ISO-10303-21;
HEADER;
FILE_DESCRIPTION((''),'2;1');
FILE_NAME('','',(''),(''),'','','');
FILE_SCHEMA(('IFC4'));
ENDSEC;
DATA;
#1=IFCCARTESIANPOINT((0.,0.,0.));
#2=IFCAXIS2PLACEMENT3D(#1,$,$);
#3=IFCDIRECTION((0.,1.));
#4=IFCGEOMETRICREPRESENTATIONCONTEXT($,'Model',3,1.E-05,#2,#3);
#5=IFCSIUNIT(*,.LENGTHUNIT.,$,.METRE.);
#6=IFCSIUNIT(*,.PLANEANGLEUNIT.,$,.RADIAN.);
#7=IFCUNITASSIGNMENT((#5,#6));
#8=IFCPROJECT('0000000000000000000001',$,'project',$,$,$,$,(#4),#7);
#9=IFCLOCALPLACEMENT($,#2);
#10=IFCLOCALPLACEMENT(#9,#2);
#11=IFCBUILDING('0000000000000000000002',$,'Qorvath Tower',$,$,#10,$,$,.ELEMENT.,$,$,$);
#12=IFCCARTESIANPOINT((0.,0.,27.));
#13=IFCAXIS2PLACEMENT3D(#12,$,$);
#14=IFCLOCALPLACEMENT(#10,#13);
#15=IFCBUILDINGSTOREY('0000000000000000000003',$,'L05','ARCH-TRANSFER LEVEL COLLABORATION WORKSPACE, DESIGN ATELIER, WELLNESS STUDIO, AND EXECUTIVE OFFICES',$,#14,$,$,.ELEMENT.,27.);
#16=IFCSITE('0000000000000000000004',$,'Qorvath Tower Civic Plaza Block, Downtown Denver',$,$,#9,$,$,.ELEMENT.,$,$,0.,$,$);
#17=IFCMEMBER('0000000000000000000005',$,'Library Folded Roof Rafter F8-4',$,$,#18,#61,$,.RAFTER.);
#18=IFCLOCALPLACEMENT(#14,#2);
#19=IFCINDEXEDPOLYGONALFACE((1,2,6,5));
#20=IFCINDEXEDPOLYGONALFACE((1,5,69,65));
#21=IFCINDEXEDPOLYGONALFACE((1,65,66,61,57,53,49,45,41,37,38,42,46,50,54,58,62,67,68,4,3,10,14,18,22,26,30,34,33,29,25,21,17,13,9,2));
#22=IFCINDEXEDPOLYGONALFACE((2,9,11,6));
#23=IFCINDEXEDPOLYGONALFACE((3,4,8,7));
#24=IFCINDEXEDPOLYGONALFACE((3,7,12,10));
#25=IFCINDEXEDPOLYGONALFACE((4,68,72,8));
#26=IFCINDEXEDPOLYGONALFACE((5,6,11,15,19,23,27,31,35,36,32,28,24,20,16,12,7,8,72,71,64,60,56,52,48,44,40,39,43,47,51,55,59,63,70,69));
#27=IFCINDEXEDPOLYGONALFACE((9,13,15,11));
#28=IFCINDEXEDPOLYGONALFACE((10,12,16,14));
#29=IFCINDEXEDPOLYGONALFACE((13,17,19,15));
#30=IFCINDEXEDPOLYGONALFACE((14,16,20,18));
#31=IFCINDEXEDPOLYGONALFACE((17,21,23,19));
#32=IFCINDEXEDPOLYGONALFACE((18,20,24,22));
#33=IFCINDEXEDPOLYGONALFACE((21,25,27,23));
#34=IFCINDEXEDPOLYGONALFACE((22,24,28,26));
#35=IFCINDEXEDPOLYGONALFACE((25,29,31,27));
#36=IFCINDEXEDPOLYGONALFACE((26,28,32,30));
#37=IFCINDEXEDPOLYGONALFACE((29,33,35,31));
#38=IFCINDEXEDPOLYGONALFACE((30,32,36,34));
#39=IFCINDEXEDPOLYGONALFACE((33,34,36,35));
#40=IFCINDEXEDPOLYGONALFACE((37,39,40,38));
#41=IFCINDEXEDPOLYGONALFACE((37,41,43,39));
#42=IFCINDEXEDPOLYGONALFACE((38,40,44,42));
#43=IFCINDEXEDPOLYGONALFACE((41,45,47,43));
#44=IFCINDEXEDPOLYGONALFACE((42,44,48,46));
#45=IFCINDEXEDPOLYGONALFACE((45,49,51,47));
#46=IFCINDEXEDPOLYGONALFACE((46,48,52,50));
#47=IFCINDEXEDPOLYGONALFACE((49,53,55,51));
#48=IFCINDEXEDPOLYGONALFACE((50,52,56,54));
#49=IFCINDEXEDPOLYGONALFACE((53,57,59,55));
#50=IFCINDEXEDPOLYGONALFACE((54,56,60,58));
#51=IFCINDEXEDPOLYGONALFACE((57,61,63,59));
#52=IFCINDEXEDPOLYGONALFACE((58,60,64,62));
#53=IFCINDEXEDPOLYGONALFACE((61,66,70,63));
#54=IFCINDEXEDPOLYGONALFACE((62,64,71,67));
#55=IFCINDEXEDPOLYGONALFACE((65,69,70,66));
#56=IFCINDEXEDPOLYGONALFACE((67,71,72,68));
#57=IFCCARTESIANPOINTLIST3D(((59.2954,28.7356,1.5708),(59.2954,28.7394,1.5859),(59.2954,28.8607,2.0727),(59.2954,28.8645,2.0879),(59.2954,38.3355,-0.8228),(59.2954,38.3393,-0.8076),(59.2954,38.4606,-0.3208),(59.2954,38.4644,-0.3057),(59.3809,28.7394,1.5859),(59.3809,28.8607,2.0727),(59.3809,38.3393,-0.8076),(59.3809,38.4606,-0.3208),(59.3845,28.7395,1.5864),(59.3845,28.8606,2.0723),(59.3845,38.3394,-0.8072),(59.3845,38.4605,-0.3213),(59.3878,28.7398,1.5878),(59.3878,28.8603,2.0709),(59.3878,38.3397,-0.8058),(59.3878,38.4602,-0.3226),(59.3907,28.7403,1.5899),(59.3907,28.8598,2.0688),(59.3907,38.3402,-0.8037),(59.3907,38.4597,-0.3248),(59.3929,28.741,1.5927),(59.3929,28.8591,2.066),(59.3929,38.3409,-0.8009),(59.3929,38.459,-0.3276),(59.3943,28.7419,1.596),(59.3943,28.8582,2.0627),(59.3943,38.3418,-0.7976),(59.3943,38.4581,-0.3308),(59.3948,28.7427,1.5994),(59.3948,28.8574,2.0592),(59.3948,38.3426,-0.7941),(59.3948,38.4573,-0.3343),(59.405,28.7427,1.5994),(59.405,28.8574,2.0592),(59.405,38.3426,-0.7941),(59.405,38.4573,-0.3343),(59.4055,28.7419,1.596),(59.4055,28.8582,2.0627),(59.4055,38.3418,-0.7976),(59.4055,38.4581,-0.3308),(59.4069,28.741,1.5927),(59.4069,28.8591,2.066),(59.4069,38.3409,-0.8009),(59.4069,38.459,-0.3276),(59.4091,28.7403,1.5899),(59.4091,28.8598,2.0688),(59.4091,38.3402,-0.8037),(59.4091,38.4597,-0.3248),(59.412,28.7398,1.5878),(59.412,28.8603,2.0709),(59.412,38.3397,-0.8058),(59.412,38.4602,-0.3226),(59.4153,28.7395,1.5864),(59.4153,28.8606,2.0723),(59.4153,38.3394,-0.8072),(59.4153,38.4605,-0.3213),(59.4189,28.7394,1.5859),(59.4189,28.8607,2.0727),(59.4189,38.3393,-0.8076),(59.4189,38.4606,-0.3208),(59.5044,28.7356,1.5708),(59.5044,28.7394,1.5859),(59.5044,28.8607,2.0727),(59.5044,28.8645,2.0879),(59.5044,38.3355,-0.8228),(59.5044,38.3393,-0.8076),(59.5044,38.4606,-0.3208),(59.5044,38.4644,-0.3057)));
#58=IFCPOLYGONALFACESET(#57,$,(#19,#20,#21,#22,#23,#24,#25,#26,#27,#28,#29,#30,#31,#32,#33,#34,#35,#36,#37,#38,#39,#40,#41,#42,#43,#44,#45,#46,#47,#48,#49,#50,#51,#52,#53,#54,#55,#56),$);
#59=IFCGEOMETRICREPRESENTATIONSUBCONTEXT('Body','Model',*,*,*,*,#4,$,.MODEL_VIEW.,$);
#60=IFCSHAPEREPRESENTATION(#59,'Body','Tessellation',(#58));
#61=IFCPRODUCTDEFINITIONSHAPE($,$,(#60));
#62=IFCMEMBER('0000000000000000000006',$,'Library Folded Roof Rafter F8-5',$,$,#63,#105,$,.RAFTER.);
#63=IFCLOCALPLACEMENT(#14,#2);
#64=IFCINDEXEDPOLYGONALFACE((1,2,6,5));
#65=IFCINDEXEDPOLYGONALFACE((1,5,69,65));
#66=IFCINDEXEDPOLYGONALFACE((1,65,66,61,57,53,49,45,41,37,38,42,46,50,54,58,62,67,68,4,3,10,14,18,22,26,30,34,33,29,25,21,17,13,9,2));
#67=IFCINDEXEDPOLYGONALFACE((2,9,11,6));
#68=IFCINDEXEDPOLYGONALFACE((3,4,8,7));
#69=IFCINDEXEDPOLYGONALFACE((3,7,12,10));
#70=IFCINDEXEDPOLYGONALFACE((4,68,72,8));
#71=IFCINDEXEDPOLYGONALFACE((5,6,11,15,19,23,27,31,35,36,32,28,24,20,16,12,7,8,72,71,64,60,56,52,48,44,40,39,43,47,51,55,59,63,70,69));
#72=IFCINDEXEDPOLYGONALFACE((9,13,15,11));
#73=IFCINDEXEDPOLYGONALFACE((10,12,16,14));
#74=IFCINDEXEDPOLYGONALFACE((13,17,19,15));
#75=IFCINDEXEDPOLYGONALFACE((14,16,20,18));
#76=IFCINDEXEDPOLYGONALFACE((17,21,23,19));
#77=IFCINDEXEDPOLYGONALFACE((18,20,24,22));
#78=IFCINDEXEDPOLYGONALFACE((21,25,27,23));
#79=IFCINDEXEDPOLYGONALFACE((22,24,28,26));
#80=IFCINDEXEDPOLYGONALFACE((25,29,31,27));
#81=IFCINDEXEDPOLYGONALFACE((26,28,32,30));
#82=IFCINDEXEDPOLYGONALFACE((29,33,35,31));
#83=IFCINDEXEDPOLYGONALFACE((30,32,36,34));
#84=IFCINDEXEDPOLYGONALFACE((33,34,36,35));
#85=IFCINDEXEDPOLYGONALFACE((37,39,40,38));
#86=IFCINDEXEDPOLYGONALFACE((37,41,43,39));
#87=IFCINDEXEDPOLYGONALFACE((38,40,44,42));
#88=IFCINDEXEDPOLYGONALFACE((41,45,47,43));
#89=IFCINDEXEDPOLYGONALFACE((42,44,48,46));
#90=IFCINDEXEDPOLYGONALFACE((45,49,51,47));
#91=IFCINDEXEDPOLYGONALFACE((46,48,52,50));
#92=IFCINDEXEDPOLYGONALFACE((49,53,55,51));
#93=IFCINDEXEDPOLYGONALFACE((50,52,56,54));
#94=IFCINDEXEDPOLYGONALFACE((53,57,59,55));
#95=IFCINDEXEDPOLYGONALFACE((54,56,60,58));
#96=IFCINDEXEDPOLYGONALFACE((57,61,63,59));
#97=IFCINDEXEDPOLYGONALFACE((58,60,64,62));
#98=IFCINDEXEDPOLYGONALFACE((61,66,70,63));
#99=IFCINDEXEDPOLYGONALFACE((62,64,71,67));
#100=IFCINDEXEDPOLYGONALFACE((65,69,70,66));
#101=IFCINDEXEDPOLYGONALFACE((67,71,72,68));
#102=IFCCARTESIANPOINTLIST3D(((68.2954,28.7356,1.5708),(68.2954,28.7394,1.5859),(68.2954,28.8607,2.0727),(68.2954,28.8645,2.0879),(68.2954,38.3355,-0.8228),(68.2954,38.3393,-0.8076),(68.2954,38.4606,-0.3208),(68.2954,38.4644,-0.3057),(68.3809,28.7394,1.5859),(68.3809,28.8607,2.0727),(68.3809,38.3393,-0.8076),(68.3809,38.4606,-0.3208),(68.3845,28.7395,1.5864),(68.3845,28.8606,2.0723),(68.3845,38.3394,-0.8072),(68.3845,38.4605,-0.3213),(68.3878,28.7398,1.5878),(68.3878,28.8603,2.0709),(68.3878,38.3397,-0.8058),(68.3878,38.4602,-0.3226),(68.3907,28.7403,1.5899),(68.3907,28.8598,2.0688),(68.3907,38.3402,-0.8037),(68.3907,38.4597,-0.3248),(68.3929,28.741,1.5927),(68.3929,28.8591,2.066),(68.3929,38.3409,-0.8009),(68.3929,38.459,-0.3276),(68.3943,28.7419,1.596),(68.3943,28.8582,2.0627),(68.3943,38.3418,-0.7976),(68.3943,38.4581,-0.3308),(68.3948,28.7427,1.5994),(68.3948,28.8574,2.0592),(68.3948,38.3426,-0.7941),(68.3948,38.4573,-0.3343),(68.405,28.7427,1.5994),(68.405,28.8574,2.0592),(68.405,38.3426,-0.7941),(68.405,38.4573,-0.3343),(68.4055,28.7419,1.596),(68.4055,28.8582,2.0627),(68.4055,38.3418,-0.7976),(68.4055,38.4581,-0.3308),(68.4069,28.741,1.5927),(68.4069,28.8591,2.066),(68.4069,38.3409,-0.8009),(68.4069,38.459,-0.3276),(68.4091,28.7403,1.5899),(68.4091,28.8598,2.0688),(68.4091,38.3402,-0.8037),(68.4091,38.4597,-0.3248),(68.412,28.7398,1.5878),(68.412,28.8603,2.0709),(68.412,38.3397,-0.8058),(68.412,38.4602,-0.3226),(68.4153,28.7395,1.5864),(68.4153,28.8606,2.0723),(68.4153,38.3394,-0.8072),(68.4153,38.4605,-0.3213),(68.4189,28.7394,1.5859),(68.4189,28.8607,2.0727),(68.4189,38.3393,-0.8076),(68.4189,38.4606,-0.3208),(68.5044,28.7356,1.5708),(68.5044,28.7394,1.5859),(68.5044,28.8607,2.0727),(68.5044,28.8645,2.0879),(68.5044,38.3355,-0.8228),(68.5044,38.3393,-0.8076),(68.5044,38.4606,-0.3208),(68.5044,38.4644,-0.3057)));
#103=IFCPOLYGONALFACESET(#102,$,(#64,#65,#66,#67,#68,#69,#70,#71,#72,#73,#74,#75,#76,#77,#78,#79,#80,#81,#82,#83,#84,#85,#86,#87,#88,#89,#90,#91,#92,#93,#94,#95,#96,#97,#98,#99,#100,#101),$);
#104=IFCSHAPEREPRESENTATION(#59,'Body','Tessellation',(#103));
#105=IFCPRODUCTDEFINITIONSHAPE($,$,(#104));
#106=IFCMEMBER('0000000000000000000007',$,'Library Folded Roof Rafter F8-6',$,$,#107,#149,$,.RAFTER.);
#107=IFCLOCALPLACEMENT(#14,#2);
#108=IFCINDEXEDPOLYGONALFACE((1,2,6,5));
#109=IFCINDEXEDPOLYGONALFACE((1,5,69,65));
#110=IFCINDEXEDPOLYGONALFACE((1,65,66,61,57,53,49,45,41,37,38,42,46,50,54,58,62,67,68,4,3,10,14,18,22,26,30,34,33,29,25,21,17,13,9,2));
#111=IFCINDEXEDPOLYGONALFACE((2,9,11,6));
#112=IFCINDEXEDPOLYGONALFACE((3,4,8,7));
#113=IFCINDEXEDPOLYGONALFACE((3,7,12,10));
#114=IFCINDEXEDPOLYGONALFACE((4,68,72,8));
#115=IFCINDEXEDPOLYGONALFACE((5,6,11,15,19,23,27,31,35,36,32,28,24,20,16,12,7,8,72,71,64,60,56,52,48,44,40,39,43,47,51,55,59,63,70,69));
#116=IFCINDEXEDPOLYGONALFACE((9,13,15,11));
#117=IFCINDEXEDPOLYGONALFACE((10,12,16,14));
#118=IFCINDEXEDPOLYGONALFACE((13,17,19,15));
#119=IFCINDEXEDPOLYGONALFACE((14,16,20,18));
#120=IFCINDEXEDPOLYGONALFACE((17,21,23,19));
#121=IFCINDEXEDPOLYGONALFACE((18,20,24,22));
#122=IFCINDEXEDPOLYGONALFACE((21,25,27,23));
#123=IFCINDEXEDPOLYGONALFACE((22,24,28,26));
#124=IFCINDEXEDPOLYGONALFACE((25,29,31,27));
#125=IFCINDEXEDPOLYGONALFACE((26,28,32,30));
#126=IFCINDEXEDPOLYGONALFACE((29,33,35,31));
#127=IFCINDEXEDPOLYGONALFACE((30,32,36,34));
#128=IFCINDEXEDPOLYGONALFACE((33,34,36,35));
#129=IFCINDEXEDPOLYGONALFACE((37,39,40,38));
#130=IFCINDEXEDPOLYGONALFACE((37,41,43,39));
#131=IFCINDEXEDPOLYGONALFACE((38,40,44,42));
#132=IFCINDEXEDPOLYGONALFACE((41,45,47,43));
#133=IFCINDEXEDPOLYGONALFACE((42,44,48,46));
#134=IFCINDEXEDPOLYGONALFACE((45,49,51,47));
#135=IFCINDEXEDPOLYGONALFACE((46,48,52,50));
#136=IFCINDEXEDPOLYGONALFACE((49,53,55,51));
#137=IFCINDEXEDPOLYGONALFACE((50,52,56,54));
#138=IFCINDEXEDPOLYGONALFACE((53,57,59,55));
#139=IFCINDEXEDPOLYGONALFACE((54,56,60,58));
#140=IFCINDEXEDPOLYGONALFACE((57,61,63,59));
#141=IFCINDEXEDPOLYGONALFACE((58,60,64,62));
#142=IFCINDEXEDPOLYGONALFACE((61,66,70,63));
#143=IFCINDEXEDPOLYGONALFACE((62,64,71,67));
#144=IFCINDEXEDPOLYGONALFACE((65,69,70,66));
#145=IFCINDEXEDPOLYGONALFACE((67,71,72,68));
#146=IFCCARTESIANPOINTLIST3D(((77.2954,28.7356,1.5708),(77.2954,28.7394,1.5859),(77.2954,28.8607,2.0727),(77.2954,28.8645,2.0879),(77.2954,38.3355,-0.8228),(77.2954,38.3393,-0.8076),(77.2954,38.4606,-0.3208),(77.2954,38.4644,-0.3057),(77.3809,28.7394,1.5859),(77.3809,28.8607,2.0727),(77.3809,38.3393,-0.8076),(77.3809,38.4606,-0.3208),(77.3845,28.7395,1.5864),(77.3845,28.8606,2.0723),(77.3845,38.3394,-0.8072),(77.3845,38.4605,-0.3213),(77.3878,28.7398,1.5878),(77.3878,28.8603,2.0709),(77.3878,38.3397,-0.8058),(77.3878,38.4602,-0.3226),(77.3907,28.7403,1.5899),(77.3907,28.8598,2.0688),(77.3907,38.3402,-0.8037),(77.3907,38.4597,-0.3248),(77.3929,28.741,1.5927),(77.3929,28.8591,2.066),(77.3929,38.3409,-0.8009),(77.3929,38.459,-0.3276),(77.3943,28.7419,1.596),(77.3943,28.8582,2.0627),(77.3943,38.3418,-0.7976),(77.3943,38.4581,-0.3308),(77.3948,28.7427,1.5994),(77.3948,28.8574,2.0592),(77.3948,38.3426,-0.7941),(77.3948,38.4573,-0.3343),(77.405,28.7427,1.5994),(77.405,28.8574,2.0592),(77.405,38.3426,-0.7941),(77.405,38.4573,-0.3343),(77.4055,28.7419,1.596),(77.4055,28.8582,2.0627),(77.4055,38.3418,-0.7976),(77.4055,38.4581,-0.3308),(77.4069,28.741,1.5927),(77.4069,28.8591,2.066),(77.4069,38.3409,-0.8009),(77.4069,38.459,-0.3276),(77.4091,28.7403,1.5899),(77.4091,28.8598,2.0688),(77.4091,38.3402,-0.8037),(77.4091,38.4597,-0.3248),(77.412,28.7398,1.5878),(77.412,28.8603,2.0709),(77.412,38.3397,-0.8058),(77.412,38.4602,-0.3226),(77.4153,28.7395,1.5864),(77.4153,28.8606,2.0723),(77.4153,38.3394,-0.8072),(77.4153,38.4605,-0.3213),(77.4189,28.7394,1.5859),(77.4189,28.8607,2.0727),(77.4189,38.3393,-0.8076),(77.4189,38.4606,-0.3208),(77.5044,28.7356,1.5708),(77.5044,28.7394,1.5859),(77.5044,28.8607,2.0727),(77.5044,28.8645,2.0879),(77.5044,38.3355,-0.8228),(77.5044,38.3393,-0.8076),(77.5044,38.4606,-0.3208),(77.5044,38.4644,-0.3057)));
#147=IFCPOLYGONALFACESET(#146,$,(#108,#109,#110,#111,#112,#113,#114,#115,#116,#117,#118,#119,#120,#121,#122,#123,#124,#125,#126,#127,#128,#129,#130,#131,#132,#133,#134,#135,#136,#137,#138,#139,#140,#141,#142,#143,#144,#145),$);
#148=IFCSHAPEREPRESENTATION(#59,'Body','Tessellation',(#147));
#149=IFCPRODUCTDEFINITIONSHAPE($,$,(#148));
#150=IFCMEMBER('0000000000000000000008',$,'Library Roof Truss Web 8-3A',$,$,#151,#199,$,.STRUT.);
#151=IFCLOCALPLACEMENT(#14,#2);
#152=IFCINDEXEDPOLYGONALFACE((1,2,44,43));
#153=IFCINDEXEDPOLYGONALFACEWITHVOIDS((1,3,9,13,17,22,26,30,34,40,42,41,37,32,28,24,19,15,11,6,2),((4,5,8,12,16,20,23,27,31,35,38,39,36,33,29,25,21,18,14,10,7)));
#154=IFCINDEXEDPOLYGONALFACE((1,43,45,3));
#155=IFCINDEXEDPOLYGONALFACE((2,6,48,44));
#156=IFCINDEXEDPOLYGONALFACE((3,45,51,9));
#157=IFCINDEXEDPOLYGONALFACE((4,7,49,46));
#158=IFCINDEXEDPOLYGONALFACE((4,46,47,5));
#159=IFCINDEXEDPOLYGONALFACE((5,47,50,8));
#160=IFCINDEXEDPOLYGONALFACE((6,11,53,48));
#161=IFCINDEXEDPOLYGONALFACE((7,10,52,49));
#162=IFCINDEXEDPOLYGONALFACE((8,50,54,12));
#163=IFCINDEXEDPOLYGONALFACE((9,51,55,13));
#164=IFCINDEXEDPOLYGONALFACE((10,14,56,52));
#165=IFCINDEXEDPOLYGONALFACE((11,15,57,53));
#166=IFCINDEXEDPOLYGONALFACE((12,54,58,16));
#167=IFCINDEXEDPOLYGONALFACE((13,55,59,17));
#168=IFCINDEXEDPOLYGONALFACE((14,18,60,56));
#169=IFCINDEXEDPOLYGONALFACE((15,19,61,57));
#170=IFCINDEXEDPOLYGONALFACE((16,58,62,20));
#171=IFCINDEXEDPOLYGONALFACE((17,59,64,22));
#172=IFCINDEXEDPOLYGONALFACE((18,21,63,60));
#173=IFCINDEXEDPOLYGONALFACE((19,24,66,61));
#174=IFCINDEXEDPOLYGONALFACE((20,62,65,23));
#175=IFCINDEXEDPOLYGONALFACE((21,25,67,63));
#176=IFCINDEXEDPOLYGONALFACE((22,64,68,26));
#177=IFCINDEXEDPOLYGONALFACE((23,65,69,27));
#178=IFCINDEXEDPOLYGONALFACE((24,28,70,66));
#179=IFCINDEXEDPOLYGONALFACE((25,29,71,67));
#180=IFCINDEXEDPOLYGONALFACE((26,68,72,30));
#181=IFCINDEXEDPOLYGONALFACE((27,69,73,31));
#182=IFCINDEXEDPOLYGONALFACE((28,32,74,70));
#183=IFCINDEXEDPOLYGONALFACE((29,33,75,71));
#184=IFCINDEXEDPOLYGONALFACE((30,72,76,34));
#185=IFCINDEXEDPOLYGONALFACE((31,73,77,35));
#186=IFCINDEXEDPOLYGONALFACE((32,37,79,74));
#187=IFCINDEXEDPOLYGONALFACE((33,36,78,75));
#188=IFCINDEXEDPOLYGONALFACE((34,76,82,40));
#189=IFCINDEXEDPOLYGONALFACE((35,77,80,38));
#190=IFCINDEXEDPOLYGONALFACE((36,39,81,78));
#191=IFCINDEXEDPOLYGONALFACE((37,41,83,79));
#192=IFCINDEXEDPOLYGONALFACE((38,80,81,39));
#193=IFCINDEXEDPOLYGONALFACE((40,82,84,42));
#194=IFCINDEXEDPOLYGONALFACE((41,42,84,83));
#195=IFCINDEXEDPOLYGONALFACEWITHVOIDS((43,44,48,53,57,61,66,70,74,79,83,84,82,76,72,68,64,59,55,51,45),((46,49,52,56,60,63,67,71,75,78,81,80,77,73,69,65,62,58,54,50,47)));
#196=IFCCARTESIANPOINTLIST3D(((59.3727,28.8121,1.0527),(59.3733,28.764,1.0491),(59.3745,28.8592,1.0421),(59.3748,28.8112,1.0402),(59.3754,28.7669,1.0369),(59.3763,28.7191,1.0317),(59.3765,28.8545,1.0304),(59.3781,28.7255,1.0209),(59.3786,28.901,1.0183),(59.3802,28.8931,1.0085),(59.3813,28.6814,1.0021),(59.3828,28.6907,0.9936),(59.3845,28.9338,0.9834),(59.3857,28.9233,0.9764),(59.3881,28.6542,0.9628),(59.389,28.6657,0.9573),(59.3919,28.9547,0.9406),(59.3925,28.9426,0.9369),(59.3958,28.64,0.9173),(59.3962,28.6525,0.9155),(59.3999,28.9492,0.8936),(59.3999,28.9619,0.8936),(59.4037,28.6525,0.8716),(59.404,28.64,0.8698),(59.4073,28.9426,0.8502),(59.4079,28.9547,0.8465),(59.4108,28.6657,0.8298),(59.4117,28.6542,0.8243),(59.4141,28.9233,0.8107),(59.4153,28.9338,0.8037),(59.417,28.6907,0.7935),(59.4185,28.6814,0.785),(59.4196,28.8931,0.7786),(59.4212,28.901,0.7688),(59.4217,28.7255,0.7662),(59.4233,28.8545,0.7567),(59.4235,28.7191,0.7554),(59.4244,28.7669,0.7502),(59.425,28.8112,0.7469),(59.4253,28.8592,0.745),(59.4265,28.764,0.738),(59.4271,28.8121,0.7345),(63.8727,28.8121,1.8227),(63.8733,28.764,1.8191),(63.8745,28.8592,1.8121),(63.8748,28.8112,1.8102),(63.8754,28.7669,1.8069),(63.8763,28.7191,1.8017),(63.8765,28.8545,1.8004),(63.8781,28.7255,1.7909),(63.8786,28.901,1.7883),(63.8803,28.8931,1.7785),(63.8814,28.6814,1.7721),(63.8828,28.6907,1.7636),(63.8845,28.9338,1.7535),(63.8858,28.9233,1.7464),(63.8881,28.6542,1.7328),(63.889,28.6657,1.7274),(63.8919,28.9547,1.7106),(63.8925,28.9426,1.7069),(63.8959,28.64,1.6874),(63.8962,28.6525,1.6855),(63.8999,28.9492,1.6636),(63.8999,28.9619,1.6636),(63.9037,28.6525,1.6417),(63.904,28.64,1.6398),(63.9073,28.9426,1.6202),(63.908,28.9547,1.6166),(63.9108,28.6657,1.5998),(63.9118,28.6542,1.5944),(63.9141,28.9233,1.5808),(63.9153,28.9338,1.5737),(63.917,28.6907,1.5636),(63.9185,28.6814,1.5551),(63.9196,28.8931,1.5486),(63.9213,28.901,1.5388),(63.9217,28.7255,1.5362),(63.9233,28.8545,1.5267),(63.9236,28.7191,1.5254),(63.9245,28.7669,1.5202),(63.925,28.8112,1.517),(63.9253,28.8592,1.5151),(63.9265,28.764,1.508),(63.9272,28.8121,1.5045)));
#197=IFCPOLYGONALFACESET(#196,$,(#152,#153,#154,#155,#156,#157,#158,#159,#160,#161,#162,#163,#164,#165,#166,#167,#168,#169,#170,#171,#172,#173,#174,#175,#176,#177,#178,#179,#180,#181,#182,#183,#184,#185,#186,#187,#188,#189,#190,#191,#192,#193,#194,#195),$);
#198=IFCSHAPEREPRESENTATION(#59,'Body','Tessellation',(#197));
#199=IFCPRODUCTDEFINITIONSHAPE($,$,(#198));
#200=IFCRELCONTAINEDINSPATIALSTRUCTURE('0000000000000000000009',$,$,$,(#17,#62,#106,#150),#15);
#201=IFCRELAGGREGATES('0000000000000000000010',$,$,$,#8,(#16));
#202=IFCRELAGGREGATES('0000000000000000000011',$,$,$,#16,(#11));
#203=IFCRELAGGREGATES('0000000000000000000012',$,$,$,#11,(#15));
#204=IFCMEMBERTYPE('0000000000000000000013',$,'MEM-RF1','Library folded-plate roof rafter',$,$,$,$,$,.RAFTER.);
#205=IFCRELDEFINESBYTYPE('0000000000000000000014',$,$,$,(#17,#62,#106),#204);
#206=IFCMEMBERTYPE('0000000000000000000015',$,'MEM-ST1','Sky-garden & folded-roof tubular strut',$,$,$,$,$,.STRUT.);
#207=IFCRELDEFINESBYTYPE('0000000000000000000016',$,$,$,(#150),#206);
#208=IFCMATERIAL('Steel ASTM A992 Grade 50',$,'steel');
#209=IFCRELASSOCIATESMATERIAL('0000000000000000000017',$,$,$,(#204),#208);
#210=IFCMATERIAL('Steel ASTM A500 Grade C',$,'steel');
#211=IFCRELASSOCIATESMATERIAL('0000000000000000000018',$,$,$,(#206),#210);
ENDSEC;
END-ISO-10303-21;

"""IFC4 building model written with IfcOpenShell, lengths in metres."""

from ifc_helpers import new_model, si_unit, direction, frame, origin, origin_2d, place, context, subcontext, project, spatial, hollow_circle, i_section, extrude, material, material_profile, profile_set, type_object, element, save


model = new_model("IFC4")

# Units and contexts
model_context = context("Model", 3, precision=1e-05, world=origin(), true_north=direction((0.0, 1.0)))
body_context = subcontext(model_context, "Body", "Model", "MODEL_VIEW")
ifc_project = project(units=[si_unit("LENGTHUNIT", "METRE"), si_unit("PLANEANGLEUNIT", "RADIAN")], contexts=[model_context])

# Site, building, storey
site_placement = place(None, origin())
site = spatial("IfcSite", under=ifc_project, at=site_placement, Name="Qorvath Tower Civic Plaza Block, Downtown Denver", CompositionType="ELEMENT", RefElevation=0.0)
building_placement = place(site_placement, origin())
building = spatial("IfcBuilding", under=site, at=building_placement, Name="Qorvath Tower", CompositionType="ELEMENT")
storey_placement = place(building_placement, frame((0.0, 0.0, 27.0)))
storey = spatial("IfcBuildingStorey", under=building, at=storey_placement, Name="L05", Description="ARCH-TRANSFER LEVEL COLLABORATION WORKSPACE, DESIGN ATELIER, WELLNESS STUDIO, AND EXECUTIVE OFFICES", CompositionType="ELEMENT", Elevation=27.0)

# Members
ifc_material_1 = material(Name="Steel ASTM A992 Grade 50", Category="steel")
ifc_material_profile_1 = material_profile(ifc_material_1, i_section(OverallWidth=0.209, OverallDepth=0.533, WebThickness=0.0103, FlangeThickness=0.0156, FilletRadius=0.0139, at=origin_2d()), Name="W21x62")
ifc_profile_set_1 = profile_set([ifc_material_profile_1], Name="Steel ASTM A992 Grade 50")
member_type_1 = type_object("IfcMemberType", Name="MEM-RF1", Description="Library folded-plate roof rafter", PredefinedType="RAFTER", material=ifc_profile_set_1)
for number, where, z_axis, x_axis, name in (
    (1, (59.3999, 28.8, 1.8293), (0.0, 0.970295, -0.241926), (-1.0, 0.0, 0.0), "Library Folded Roof Rafter F8-4"),
    (2, (68.3999, 28.8, 1.8293), (0.0, 0.970295, -0.241926), (-1.0, 0.0, 0.0), "Library Folded Roof Rafter F8-5"),
    (3, (77.3999, 28.8, 1.8293), (0.0, 0.970295, -0.241926), (-1.0, 0.0, 0.0), "Library Folded Roof Rafter F8-6"),
):
    element("IfcMember", number, at=place(storey_placement, frame(where, z_axis=z_axis, x_axis=x_axis)), inside=storey, type_object=member_type_1, Name=name, PredefinedType="RAFTER", context=body_context, shape_type="SweptSolid", body=[
        extrude(i_section(OverallWidth=0.209, OverallDepth=0.533, WebThickness=0.0103, FlangeThickness=0.0156, FilletRadius=0.0139, at=origin_2d()), origin(), (0.0, 0.0, 1.0), 9.8938),
    ])
ifc_material_2 = material(Name="Steel ASTM A500 Grade C", Category="steel")
ifc_material_profile_2 = material_profile(ifc_material_2, hollow_circle(Radius=0.1619, WallThickness=0.0127, at=origin_2d()), Name="CHS 324x12.7")
ifc_profile_set_2 = profile_set([ifc_material_profile_2], Name="Steel ASTM A500 Grade C")
member_type_2 = type_object("IfcMemberType", Name="MEM-ST1", Description="Sky-garden & folded-roof tubular strut", PredefinedType="STRUT", material=ifc_profile_set_2)
for number, where, z_axis, x_axis, name in (
    (4, (59.3999, 28.8, 0.8936), (0.985674, 0.0, 0.168664), (0.0, 1.0, 0.0), "Library Roof Truss Web 8-3A"),
):
    element("IfcMember", number, at=place(storey_placement, frame(where, z_axis=z_axis, x_axis=x_axis)), inside=storey, type_object=member_type_2, Name=name, PredefinedType="STRUT", context=body_context, shape_type="SweptSolid", body=[
        extrude(hollow_circle(Radius=0.1619, WallThickness=0.0127, at=origin_2d()), origin(), (0.0, 0.0, 1.0), 4.5654),
    ])

save(model, "model.ifc")
